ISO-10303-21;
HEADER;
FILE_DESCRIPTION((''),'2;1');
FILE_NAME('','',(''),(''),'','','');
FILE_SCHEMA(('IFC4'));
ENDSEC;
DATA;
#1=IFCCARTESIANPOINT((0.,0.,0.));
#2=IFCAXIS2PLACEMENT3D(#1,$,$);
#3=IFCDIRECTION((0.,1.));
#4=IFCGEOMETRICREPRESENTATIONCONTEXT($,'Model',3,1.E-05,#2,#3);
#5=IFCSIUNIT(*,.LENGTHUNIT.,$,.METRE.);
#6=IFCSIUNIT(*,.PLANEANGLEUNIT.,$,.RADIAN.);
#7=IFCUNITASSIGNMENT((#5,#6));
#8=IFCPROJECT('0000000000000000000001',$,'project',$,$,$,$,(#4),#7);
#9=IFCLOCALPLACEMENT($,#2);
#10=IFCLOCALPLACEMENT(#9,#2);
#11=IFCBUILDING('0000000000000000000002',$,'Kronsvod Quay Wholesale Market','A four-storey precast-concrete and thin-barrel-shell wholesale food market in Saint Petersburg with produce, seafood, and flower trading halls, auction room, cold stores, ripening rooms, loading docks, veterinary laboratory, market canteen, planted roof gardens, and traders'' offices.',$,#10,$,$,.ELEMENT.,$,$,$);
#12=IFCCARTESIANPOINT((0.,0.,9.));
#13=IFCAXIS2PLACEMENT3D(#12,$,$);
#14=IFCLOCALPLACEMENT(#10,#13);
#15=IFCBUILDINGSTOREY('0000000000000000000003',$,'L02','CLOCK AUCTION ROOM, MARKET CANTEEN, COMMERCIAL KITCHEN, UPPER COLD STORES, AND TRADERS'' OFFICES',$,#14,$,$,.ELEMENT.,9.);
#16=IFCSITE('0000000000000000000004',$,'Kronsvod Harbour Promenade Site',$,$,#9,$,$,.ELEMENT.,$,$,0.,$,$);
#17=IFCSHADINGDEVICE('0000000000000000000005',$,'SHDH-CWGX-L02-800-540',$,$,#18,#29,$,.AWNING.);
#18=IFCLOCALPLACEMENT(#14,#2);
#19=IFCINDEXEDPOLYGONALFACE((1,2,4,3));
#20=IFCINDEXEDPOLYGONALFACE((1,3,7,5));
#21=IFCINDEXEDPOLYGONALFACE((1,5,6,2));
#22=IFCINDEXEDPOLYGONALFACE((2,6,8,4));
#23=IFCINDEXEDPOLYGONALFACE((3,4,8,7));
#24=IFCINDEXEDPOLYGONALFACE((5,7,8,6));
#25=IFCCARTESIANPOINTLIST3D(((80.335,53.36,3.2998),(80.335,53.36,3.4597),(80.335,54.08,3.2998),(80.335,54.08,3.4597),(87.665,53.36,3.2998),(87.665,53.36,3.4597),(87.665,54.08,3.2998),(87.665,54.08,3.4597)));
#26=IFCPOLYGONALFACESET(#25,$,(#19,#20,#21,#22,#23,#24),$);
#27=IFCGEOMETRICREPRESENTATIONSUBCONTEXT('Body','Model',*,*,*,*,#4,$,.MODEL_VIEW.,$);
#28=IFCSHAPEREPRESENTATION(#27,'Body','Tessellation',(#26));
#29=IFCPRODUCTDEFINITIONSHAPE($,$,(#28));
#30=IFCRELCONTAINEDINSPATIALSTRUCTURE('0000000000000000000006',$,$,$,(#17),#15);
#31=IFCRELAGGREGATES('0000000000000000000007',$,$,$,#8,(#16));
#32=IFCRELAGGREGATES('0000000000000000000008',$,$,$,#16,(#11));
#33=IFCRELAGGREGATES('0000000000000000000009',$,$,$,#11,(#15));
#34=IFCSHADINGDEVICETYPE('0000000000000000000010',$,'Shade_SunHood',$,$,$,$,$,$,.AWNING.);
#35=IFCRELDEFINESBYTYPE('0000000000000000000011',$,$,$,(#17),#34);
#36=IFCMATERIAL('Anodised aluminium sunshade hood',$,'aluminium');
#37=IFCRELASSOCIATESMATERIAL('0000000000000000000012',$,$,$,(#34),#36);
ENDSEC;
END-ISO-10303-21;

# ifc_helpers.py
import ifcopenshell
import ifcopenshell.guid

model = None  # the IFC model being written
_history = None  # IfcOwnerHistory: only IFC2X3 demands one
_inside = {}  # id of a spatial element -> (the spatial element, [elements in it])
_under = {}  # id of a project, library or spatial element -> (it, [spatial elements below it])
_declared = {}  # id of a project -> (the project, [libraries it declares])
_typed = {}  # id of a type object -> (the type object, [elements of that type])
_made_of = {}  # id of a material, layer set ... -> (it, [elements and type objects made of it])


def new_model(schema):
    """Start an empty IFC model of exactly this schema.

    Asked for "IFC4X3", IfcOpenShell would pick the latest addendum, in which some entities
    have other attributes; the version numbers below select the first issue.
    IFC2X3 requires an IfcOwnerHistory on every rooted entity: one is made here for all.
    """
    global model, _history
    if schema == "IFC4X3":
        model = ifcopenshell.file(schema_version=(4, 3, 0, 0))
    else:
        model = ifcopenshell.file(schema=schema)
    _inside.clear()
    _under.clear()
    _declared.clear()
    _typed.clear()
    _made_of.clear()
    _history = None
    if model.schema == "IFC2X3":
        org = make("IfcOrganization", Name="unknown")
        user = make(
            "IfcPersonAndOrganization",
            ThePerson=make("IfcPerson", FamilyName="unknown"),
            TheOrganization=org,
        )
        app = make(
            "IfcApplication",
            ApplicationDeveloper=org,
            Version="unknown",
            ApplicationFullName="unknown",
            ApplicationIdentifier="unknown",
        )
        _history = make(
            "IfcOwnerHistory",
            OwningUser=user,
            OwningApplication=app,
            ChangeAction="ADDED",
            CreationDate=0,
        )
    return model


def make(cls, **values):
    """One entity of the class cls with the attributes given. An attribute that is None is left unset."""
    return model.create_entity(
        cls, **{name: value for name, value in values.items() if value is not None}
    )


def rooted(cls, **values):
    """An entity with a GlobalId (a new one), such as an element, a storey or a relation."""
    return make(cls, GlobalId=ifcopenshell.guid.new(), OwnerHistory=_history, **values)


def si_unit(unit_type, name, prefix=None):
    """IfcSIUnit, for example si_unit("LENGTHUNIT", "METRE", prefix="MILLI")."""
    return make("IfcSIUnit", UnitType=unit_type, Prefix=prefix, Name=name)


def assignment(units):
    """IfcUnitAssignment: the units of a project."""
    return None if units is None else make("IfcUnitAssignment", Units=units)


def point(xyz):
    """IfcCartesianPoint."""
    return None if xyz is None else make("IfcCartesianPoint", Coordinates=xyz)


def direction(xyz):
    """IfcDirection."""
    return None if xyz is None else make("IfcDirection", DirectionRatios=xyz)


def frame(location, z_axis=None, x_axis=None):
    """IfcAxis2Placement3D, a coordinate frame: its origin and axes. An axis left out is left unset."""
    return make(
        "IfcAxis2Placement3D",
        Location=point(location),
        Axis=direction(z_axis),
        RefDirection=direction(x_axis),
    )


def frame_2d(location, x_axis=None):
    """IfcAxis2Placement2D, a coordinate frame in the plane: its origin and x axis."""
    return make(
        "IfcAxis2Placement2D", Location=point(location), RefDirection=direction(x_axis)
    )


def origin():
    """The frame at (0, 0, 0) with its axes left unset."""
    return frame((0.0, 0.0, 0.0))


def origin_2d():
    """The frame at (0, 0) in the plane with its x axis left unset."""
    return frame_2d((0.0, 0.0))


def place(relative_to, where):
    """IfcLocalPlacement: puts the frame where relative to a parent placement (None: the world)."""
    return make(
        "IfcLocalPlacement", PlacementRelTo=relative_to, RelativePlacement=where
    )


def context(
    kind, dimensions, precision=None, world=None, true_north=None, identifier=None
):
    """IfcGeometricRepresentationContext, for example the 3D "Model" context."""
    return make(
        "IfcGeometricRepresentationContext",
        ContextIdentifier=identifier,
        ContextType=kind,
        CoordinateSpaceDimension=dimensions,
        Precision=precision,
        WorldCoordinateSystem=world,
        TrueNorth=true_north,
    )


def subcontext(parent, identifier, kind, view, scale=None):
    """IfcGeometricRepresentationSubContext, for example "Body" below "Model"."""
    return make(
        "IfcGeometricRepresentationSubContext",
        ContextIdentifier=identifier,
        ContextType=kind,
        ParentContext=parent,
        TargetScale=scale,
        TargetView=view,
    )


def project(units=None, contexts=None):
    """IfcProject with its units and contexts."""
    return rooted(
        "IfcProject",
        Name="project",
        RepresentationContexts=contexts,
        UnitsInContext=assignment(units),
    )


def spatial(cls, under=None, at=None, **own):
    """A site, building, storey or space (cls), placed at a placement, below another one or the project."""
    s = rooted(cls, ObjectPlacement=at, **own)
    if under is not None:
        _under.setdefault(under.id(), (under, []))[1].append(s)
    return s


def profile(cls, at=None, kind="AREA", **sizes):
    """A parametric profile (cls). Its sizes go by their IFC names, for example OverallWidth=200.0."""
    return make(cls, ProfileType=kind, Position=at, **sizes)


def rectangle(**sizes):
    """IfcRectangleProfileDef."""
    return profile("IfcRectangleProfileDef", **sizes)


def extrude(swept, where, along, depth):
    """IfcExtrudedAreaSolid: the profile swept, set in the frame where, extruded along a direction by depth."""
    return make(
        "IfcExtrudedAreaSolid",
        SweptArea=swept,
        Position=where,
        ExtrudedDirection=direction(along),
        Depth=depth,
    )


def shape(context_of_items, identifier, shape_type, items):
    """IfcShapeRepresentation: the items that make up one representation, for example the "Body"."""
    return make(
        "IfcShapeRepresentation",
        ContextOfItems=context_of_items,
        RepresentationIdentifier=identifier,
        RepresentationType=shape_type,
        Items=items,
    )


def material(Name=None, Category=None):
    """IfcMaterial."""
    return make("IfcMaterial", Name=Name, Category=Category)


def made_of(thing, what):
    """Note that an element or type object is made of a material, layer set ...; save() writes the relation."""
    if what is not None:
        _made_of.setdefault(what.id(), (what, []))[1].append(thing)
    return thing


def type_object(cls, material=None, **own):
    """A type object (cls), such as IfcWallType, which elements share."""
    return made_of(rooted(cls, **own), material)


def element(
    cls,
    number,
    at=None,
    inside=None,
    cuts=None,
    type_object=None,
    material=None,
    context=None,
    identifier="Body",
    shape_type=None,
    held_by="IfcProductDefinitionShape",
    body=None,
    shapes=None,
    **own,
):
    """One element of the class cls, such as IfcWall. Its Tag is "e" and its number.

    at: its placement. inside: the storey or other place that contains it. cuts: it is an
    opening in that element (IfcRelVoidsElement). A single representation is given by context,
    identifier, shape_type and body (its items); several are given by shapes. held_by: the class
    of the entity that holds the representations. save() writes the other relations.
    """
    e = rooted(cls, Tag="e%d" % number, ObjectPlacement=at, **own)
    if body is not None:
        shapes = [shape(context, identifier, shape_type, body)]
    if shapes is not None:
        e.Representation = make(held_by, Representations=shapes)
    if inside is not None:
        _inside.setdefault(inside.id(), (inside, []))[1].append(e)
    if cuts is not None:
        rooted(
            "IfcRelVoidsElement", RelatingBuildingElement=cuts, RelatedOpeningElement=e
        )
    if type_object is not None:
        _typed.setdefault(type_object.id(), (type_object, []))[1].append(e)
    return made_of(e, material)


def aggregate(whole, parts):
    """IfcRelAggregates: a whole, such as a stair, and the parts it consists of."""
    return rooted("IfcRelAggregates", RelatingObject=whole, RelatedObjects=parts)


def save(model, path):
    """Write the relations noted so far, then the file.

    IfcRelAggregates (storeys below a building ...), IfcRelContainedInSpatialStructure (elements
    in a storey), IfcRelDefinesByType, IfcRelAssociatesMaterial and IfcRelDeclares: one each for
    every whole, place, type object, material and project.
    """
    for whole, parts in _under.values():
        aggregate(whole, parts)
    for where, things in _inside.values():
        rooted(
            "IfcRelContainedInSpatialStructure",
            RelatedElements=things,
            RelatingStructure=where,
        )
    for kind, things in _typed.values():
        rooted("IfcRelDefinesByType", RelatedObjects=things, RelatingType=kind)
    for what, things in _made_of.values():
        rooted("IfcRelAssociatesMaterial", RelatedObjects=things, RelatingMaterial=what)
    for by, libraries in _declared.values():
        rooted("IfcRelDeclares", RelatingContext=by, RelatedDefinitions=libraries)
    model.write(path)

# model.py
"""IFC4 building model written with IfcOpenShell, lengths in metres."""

from ifc_helpers import new_model, si_unit, direction, frame, origin, origin_2d, place, context, subcontext, project, spatial, rectangle, extrude, material, type_object, element, save


model = new_model("IFC4")

# Units and contexts
model_context = context("Model", 3, precision=1e-05, world=origin(), true_north=direction((0.0, 1.0)))
body_context = subcontext(model_context, "Body", "Model", "MODEL_VIEW")
ifc_project = project(units=[si_unit("LENGTHUNIT", "METRE"), si_unit("PLANEANGLEUNIT", "RADIAN")], contexts=[model_context])

# Site, building, storey
site_placement = place(None, origin())
site = spatial("IfcSite", under=ifc_project, at=site_placement, Name="Kronsvod Harbour Promenade Site", CompositionType="ELEMENT", RefElevation=0.0)
building_placement = place(site_placement, origin())
building = spatial("IfcBuilding", under=site, at=building_placement, Name="Kronsvod Quay Wholesale Market", Description="A four-storey precast-concrete and thin-barrel-shell wholesale food market in Saint Petersburg with produce, seafood, and flower trading halls, auction room, cold stores, ripening rooms, loading docks, veterinary laboratory, market canteen, planted roof gardens, and traders' offices.", CompositionType="ELEMENT")
storey_placement = place(building_placement, frame((0.0, 0.0, 9.0)))
storey = spatial("IfcBuildingStorey", under=building, at=storey_placement, Name="L02", Description="CLOCK AUCTION ROOM, MARKET CANTEEN, COMMERCIAL KITCHEN, UPPER COLD STORES, AND TRADERS' OFFICES", CompositionType="ELEMENT", Elevation=9.0)

# Shading device
ifc_material_1 = material(Name="Anodised aluminium sunshade hood", Category="aluminium")
shading_device_type_1 = type_object("IfcShadingDeviceType", Name="Shade_SunHood", PredefinedType="AWNING", material=ifc_material_1)
for number, where, z_axis, x_axis, name in (
    (1, (84.0, 53.72, 3.2998), (0.0, 0.0, 1.0), (1.0, 0.0, 0.0), "SHDH-CWGX-L02-800-540"),
):
    element("IfcShadingDevice", number, at=place(storey_placement, frame(where, z_axis=z_axis, x_axis=x_axis)), inside=storey, type_object=shading_device_type_1, Name=name, PredefinedType="AWNING", context=body_context, shape_type="SweptSolid", body=[
        extrude(rectangle(XDim=7.3301, YDim=0.72, at=origin_2d()), origin(), (0.0, 0.0, 1.0), 0.1599),
    ])

save(model, "model.ifc")
